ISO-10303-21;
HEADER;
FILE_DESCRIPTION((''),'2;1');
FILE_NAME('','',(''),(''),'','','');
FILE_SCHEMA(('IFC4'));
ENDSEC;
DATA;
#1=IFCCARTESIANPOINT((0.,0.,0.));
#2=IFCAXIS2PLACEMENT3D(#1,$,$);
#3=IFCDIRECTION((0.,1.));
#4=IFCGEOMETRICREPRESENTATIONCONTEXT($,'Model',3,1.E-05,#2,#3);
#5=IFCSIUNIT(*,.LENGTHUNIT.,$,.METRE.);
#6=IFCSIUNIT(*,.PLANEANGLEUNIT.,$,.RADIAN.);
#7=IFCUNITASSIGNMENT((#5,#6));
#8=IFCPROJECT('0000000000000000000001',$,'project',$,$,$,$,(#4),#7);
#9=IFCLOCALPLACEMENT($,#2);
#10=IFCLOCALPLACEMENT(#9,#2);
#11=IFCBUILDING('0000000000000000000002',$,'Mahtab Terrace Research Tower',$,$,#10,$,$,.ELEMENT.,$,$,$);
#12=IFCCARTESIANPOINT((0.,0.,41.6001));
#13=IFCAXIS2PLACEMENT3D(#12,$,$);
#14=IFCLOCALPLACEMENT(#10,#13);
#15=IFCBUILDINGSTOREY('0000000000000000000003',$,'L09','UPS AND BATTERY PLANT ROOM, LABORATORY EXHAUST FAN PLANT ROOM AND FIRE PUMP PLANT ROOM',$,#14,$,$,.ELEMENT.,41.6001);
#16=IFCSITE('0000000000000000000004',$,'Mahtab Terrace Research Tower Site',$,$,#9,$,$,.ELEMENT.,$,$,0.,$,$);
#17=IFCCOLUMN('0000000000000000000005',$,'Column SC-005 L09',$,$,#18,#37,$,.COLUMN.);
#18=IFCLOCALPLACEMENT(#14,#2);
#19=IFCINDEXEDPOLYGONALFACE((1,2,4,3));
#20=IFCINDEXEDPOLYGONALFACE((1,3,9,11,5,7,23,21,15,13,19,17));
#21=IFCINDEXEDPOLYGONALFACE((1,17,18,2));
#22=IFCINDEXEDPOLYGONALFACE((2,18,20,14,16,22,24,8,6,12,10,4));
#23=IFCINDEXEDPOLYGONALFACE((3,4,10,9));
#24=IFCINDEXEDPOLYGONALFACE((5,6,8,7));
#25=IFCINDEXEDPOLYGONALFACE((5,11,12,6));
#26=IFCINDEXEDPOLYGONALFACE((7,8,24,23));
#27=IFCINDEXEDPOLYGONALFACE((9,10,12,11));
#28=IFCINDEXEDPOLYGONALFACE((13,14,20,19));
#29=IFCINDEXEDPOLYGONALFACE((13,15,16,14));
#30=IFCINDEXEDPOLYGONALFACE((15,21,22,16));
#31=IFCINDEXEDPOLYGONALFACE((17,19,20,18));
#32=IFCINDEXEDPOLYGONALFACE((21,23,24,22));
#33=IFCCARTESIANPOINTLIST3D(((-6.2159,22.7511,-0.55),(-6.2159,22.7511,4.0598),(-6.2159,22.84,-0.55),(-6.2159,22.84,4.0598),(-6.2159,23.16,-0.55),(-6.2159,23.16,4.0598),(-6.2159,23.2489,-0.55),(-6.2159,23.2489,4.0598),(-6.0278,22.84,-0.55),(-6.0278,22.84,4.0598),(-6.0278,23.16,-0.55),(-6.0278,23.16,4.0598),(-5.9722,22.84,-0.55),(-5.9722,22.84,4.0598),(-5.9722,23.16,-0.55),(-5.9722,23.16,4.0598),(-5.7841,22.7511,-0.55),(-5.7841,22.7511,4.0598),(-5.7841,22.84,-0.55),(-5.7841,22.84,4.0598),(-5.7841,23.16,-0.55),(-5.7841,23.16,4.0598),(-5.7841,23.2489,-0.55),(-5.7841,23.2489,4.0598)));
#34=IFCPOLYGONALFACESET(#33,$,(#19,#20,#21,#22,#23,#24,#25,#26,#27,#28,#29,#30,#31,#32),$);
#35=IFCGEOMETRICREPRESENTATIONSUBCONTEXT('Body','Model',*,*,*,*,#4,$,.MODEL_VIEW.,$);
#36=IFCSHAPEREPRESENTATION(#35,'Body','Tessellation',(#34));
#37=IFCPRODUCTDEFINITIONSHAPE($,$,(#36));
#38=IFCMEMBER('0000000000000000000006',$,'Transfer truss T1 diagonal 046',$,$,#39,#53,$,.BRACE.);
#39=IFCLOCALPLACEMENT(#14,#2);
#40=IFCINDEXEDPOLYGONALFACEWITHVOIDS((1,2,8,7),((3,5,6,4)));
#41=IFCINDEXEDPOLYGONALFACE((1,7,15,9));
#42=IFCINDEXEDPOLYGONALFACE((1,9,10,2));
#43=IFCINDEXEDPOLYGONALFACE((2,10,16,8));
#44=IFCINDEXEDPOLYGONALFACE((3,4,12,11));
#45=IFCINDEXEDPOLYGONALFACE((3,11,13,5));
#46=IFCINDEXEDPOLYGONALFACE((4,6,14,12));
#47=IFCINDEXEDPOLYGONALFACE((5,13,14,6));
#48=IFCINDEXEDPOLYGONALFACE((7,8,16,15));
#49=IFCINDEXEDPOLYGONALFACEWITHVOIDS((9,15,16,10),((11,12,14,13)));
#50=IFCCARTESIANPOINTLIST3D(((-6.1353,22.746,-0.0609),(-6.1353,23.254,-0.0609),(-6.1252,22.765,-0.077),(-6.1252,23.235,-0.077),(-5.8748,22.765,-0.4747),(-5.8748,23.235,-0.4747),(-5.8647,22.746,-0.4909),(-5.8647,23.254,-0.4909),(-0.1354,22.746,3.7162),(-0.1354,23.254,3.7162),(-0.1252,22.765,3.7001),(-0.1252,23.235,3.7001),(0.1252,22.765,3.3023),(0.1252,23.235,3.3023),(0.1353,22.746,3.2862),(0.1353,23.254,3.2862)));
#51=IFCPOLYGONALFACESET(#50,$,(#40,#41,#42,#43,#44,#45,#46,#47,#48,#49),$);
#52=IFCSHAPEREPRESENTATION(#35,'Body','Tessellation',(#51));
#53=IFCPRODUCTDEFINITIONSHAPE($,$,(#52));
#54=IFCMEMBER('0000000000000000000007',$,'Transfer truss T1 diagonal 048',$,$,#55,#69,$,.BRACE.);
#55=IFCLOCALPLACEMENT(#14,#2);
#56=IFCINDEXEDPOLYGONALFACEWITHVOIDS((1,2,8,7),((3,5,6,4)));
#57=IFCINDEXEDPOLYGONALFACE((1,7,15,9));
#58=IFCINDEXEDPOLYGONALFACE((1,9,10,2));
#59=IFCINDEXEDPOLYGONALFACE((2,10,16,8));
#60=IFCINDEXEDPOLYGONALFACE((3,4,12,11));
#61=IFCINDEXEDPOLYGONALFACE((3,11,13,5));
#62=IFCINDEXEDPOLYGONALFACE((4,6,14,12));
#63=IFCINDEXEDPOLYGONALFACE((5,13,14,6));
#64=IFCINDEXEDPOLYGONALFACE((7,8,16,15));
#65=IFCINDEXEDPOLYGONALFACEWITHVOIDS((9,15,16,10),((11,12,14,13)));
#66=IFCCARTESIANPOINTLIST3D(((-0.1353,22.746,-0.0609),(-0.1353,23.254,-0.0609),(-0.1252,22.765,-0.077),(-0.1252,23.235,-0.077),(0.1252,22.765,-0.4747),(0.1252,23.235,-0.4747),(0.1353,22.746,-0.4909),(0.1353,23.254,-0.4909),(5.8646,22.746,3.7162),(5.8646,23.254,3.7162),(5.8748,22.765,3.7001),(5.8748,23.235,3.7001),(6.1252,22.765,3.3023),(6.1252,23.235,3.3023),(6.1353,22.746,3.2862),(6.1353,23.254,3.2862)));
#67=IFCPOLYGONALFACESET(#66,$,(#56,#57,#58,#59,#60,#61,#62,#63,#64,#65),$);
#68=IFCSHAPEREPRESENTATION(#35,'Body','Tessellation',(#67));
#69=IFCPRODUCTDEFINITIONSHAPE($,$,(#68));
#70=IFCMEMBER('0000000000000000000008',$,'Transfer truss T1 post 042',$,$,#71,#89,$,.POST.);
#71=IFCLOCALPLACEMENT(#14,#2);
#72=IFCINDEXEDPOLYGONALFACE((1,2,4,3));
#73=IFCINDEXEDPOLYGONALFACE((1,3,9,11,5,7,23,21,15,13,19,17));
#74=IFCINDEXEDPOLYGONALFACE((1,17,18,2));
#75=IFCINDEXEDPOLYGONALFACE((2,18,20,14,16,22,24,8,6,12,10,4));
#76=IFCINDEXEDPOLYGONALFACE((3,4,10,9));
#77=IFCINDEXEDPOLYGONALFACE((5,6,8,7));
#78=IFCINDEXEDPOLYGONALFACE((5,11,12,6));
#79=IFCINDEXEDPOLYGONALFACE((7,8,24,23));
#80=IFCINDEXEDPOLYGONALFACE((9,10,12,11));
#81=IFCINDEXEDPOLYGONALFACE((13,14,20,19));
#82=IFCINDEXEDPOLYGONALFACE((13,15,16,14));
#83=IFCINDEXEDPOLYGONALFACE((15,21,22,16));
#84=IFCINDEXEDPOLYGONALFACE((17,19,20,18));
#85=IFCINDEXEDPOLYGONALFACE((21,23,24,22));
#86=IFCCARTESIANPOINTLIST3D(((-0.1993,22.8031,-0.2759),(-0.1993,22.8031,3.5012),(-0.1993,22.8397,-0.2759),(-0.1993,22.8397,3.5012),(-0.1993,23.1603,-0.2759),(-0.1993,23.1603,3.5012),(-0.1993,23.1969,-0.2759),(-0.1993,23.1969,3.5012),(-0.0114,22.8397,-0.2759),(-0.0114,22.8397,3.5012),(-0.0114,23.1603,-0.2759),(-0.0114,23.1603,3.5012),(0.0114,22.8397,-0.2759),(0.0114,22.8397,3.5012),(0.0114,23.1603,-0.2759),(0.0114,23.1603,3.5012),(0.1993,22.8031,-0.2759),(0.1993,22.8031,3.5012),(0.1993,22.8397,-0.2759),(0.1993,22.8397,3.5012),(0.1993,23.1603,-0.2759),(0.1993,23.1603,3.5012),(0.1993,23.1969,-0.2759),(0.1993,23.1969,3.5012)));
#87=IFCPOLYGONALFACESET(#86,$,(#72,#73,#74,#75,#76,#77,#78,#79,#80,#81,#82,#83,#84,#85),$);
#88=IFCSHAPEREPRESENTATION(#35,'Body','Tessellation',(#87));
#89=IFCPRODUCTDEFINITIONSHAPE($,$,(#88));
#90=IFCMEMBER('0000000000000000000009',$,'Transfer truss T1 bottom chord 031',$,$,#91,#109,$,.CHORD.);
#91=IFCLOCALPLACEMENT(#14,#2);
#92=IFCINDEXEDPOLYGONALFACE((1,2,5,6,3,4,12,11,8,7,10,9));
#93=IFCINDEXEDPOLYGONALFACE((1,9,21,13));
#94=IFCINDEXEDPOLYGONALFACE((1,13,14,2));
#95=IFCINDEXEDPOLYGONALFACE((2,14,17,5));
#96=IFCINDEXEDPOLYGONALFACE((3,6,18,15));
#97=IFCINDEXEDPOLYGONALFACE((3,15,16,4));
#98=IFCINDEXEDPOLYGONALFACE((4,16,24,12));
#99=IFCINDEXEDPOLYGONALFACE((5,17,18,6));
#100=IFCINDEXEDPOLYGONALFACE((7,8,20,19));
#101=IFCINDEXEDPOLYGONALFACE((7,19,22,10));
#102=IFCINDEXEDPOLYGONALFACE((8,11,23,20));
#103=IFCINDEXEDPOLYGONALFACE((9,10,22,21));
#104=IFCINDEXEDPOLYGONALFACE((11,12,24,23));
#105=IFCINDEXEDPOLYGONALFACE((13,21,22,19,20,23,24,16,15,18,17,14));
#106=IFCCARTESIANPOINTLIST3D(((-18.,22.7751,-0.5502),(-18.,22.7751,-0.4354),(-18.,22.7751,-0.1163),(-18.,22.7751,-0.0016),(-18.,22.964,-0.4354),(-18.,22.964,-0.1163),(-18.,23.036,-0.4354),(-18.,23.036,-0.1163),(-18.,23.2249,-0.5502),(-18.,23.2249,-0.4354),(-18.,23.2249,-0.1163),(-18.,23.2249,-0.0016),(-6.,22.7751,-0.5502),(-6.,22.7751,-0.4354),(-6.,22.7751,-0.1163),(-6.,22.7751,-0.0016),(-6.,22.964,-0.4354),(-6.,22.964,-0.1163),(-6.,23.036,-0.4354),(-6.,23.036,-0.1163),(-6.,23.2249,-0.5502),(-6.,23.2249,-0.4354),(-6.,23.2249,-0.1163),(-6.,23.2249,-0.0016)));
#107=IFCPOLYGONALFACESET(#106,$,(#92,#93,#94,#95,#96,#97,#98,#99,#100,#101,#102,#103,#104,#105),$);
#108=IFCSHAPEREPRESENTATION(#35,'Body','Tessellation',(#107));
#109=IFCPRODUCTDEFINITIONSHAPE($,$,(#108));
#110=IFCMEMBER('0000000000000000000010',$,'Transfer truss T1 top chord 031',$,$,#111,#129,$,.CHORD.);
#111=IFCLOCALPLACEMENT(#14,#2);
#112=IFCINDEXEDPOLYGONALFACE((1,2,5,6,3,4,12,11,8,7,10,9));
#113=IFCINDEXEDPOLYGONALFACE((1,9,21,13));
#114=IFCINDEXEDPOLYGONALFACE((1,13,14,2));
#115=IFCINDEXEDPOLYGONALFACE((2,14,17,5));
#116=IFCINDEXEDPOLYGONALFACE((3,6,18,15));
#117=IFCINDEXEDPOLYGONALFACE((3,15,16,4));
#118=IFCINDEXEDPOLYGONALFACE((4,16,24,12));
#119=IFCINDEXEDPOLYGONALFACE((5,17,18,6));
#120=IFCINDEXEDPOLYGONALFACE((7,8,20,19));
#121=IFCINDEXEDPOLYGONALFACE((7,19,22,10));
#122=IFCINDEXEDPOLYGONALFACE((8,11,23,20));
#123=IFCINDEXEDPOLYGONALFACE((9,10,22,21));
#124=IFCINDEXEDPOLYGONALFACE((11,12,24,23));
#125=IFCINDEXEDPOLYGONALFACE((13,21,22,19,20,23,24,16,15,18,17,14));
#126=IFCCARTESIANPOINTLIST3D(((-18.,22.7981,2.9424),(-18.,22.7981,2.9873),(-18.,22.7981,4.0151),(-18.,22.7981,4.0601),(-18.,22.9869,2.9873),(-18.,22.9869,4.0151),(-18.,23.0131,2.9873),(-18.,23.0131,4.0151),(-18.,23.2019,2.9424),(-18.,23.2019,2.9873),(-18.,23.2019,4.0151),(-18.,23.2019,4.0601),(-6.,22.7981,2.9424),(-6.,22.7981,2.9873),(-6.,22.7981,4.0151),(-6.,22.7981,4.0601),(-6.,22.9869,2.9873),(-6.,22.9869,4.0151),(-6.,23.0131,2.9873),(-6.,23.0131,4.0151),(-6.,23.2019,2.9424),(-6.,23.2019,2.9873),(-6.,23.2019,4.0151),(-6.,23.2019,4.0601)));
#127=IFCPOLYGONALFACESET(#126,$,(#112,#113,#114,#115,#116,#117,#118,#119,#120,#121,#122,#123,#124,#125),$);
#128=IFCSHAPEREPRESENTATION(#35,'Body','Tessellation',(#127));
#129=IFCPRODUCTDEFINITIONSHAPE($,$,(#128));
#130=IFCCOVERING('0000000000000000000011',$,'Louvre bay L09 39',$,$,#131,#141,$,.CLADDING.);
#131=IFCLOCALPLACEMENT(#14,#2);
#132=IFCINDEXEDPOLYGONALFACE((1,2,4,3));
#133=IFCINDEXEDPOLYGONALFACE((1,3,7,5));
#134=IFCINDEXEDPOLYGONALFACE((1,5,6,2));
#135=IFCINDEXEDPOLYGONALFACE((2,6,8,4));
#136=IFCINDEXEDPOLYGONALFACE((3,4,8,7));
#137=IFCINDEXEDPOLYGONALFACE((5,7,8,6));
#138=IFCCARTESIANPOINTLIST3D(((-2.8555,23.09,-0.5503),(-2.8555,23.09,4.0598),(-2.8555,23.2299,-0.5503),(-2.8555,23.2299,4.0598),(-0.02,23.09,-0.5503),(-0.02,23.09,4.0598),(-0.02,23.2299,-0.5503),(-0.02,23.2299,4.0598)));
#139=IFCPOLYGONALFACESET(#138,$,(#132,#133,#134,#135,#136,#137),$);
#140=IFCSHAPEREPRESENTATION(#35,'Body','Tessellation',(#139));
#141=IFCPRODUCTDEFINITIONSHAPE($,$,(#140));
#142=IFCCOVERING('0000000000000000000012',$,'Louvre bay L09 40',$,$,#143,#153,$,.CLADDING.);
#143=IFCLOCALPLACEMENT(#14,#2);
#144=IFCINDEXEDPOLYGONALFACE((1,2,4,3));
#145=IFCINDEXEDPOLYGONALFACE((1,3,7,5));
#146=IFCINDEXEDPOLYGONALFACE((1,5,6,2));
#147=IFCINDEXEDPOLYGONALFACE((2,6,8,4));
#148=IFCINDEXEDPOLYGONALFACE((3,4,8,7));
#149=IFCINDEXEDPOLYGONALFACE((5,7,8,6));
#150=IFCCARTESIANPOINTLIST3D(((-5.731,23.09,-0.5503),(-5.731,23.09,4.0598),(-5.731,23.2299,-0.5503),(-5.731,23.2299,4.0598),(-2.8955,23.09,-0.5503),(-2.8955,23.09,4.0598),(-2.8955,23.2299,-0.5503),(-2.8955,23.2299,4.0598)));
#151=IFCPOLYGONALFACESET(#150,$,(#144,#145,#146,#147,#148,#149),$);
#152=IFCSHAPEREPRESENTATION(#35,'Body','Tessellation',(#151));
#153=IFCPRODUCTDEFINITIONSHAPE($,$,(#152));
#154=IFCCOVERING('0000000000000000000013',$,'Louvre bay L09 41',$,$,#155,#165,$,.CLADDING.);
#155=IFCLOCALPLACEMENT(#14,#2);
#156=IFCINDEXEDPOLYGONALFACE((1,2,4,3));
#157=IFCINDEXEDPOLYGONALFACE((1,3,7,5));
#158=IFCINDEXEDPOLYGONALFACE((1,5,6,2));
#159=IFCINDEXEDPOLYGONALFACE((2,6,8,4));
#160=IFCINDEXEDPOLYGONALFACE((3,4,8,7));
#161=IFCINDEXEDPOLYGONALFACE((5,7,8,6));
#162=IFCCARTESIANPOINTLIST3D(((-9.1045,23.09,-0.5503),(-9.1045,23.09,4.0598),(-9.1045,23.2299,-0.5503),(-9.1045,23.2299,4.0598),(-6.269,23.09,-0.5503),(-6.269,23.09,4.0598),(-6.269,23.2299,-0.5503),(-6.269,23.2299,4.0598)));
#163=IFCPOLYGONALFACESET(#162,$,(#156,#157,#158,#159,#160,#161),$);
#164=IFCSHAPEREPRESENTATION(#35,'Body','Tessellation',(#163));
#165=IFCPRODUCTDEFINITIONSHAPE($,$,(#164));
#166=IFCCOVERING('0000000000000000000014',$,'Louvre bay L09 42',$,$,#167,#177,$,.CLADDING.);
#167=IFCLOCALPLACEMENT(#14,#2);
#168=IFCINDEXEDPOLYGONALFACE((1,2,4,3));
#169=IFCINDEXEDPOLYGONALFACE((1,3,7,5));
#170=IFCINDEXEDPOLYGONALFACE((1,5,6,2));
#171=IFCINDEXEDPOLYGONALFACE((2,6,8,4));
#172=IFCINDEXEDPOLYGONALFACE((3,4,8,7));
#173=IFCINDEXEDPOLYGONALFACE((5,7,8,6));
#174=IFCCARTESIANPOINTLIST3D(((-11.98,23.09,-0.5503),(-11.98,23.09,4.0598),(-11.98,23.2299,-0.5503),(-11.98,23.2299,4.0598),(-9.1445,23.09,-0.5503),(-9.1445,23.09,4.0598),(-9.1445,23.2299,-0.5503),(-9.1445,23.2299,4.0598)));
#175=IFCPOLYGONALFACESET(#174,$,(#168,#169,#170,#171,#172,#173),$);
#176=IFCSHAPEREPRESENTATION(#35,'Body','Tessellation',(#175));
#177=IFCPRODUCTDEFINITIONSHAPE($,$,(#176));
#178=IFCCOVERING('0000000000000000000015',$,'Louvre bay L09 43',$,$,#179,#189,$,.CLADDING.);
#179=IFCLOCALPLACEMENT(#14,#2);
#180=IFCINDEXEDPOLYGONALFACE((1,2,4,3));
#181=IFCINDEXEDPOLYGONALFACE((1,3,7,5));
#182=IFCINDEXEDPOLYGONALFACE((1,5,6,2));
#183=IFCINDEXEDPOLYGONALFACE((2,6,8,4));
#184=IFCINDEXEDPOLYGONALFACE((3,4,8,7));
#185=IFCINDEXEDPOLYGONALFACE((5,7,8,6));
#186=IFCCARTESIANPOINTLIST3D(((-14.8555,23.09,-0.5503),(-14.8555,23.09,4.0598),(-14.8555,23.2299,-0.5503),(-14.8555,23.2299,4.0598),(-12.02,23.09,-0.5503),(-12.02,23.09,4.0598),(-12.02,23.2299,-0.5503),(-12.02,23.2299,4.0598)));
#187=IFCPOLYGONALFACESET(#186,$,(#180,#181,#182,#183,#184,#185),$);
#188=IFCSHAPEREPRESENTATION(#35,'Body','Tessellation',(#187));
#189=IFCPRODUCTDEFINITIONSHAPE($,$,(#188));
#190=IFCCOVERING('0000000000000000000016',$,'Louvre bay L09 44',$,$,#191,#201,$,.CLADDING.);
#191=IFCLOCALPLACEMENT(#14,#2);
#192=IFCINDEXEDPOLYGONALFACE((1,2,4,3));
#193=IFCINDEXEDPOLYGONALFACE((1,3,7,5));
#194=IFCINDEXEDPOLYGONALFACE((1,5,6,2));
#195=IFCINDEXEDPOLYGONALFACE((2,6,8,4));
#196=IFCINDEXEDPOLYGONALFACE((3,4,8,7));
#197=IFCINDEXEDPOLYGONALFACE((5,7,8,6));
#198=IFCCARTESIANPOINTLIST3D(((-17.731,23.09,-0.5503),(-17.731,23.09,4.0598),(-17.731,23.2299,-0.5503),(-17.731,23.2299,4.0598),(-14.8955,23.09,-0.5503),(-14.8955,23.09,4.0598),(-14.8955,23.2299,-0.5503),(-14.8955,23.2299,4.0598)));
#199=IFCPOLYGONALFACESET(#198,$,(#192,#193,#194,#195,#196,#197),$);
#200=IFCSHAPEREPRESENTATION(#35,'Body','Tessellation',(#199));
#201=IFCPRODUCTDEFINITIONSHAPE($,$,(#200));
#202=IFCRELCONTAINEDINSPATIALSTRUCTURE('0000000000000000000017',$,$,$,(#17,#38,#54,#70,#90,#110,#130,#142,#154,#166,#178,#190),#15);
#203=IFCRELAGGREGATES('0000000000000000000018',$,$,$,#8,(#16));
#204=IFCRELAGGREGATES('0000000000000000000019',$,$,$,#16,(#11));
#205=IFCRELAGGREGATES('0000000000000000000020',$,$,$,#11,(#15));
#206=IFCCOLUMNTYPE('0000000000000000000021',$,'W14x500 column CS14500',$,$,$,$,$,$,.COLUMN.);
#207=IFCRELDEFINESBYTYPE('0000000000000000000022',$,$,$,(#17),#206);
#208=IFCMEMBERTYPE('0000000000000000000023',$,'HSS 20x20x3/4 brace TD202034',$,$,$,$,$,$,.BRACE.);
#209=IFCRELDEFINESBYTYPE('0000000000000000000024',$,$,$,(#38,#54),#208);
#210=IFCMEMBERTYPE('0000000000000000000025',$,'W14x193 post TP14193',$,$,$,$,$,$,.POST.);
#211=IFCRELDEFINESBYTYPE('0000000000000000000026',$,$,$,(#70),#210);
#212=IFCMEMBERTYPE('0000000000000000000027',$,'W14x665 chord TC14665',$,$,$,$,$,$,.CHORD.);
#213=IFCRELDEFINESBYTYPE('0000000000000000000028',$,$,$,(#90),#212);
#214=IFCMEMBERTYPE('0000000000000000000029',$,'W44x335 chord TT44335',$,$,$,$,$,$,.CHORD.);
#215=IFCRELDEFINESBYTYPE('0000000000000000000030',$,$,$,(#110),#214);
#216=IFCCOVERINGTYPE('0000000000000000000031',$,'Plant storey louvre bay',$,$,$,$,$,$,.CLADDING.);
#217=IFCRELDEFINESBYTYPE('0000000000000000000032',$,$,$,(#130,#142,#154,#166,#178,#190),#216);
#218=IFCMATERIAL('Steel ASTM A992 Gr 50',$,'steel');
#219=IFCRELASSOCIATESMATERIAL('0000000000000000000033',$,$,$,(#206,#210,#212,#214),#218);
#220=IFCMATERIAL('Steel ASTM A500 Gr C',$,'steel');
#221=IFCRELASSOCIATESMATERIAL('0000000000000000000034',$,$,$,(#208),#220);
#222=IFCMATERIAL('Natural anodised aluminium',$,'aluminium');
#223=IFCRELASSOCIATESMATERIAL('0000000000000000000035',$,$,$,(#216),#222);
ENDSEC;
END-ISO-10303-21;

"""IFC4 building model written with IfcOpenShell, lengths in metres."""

from ifc_helpers import new_model, si_unit, direction, frame, origin, origin_2d, place, context, subcontext, project, spatial, rectangle, hollow_rectangle, i_section, extrude, material, material_profile, profile_set, type_object, element, save


model = new_model("IFC4")

# Units and contexts
model_context = context("Model", 3, precision=1e-05, world=origin(), true_north=direction((0.0, 1.0)))
body_context = subcontext(model_context, "Body", "Model", "MODEL_VIEW")
ifc_project = project(units=[si_unit("LENGTHUNIT", "METRE"), si_unit("PLANEANGLEUNIT", "RADIAN")], contexts=[model_context])

# Site, building, storey
site_placement = place(None, origin())
site = spatial("IfcSite", under=ifc_project, at=site_placement, Name="Mahtab Terrace Research Tower Site", CompositionType="ELEMENT", RefElevation=0.0)
building_placement = place(site_placement, origin())
building = spatial("IfcBuilding", under=site, at=building_placement, Name="Mahtab Terrace Research Tower", CompositionType="ELEMENT")
storey_placement = place(building_placement, frame((0.0, 0.0, 41.6001)))
storey = spatial("IfcBuildingStorey", under=building, at=storey_placement, Name="L09", Description="UPS AND BATTERY PLANT ROOM, LABORATORY EXHAUST FAN PLANT ROOM AND FIRE PUMP PLANT ROOM", CompositionType="ELEMENT", Elevation=41.6001)

# Column
ifc_material_1 = material(Name="Steel ASTM A992 Gr 50", Category="steel")
ifc_material_profile_1 = material_profile(ifc_material_1, i_section(OverallWidth=0.4319, OverallDepth=0.4978, WebThickness=0.0557, FlangeThickness=0.0889, at=origin_2d()), Name="W14X500")
ifc_profile_set_1 = profile_set([ifc_material_profile_1], Name="Steel ASTM A992 Gr 50")
column_type = type_object("IfcColumnType", Name="W14x500 column CS14500", PredefinedType="COLUMN", material=ifc_profile_set_1)
column_placement = place(storey_placement, frame((-6.0, 23.0, -0.55), z_axis=(0.0, 0.0, 1.0), x_axis=(1.0, 0.0, 0.0)))
element("IfcColumn", 1, at=column_placement, inside=storey, type_object=column_type, Name="Column SC-005 L09", PredefinedType="COLUMN", context=body_context, shape_type="SweptSolid", body=[
    extrude(i_section(OverallWidth=0.4319, OverallDepth=0.4978, WebThickness=0.0557, FlangeThickness=0.0889, at=origin_2d()), origin(), (0.0, 0.0, 1.0), 4.6099),
])

# Members
ifc_material_2 = material(Name="Steel ASTM A500 Gr C", Category="steel")
ifc_material_profile_2 = material_profile(ifc_material_2, hollow_rectangle(XDim=0.5081, YDim=0.5081, WallThickness=0.019, at=origin_2d()), Name="HSS20X20X3/4")
ifc_profile_set_2 = profile_set([ifc_material_profile_2], Name="Steel ASTM A500 Gr C")
member_type_1 = type_object("IfcMemberType", Name="HSS 20x20x3/4 brace TD202034", PredefinedType="BRACE", material=ifc_profile_set_2)
for number, where, z_axis, x_axis, name in (
    (2, (-6.0, 23.0, -0.2759), (0.846276, 0.0, 0.532745), (0.0, 1.0, 0.0), "Transfer truss T1 diagonal 046"),
    (3, (0.0, 23.0, -0.2759), (0.846276, 0.0, 0.532745), (0.0, 1.0, 0.0), "Transfer truss T1 diagonal 048"),
):
    element("IfcMember", number, at=place(storey_placement, frame(where, z_axis=z_axis, x_axis=x_axis)), inside=storey, type_object=member_type_1, Name=name, PredefinedType="BRACE", context=body_context, shape_type="SweptSolid", body=[
        extrude(hollow_rectangle(XDim=0.5081, YDim=0.5081, WallThickness=0.019, at=origin_2d()), origin(), (0.0, 0.0, 1.0), 7.0898),
    ])
ifc_material_profile_3 = material_profile(ifc_material_1, i_section(OverallWidth=0.3987, OverallDepth=0.3938, WebThickness=0.0227, FlangeThickness=0.0366, at=origin_2d()), Name="W14X193")
ifc_profile_set_3 = profile_set([ifc_material_profile_3], Name="Steel ASTM A992 Gr 50")
member_type_2 = type_object("IfcMemberType", Name="W14x193 post TP14193", PredefinedType="POST", material=ifc_profile_set_3)
member_1_placement = place(storey_placement, frame((0.0, 23.0, -0.2759), z_axis=(0.0, 0.0, 1.0), x_axis=(1.0, 0.0, 0.0)))
element("IfcMember", 4, at=member_1_placement, inside=storey, type_object=member_type_2, Name="Transfer truss T1 post 042", PredefinedType="POST", context=body_context, shape_type="SweptSolid", body=[
    extrude(i_section(OverallWidth=0.3987, OverallDepth=0.3938, WebThickness=0.0227, FlangeThickness=0.0366, at=origin_2d()), origin(), (0.0, 0.0, 1.0), 3.7771),
])
ifc_material_profile_4 = material_profile(ifc_material_1, i_section(OverallWidth=0.4497, OverallDepth=0.5486, WebThickness=0.072, FlangeThickness=0.1147, at=origin_2d()), Name="W14X665")
ifc_profile_set_4 = profile_set([ifc_material_profile_4], Name="Steel ASTM A992 Gr 50")
member_type_3 = type_object("IfcMemberType", Name="W14x665 chord TC14665", PredefinedType="CHORD", material=ifc_profile_set_4)
member_2_placement = place(storey_placement, frame((-6.0, 23.0, -0.2759), z_axis=(-1.0, 0.0, 0.0), x_axis=(0.0, -1.0, 0.0)))
element("IfcMember", 5, at=member_2_placement, inside=storey, type_object=member_type_3, Name="Transfer truss T1 bottom chord 031", PredefinedType="CHORD", context=body_context, shape_type="SweptSolid", body=[
    extrude(i_section(OverallWidth=0.4497, OverallDepth=0.5486, WebThickness=0.072, FlangeThickness=0.1147, at=origin_2d()), origin(), (0.0, 0.0, 1.0), 12.0),
])
ifc_material_profile_5 = material_profile(ifc_material_1, i_section(OverallWidth=0.4038, OverallDepth=1.1177, WebThickness=0.0261, FlangeThickness=0.0449, at=origin_2d()), Name="W44X335")
ifc_profile_set_5 = profile_set([ifc_material_profile_5], Name="Steel ASTM A992 Gr 50")
member_type_4 = type_object("IfcMemberType", Name="W44x335 chord TT44335", PredefinedType="CHORD", material=ifc_profile_set_5)
member_3_placement = place(storey_placement, frame((-6.0, 23.0, 3.5012), z_axis=(-1.0, 0.0, 0.0), x_axis=(0.0, -1.0, 0.0)))
element("IfcMember", 6, at=member_3_placement, inside=storey, type_object=member_type_4, Name="Transfer truss T1 top chord 031", PredefinedType="CHORD", context=body_context, shape_type="SweptSolid", body=[
    extrude(i_section(OverallWidth=0.4038, OverallDepth=1.1177, WebThickness=0.0261, FlangeThickness=0.0449, at=origin_2d()), origin(), (0.0, 0.0, 1.0), 12.0),
])

# Coverings
ifc_material_3 = material(Name="Natural anodised aluminium", Category="aluminium")
covering_type = type_object("IfcCoveringType", Name="Plant storey louvre bay", PredefinedType="CLADDING", material=ifc_material_3)
for number, where, z_axis, x_axis, name in (
    (7, (-1.4377, 23.1599, -0.5503), (0.0, 0.0, 1.0), (-1.0, 0.0, 0.0), "Louvre bay L09 39"),
    (8, (-4.3132, 23.1599, -0.5503), (0.0, 0.0, 1.0), (-1.0, 0.0, 0.0), "Louvre bay L09 40"),
    (9, (-7.6868, 23.1599, -0.5503), (0.0, 0.0, 1.0), (-1.0, 0.0, 0.0), "Louvre bay L09 41"),
    (10, (-10.5623, 23.1599, -0.5503), (0.0, 0.0, 1.0), (-1.0, 0.0, 0.0), "Louvre bay L09 42"),
    (11, (-13.4377, 23.1599, -0.5503), (0.0, 0.0, 1.0), (-1.0, 0.0, 0.0), "Louvre bay L09 43"),
    (12, (-16.3132, 23.1599, -0.5503), (0.0, 0.0, 1.0), (-1.0, 0.0, 0.0), "Louvre bay L09 44"),
):
    element("IfcCovering", number, at=place(storey_placement, frame(where, z_axis=z_axis, x_axis=x_axis)), inside=storey, type_object=covering_type, Name=name, PredefinedType="CLADDING", context=body_context, shape_type="SweptSolid", body=[
        extrude(rectangle(XDim=2.8354, YDim=0.1399, at=origin_2d()), origin(), (0.0, 0.0, 1.0), 4.6101),
    ])

save(model, "model.ifc")
